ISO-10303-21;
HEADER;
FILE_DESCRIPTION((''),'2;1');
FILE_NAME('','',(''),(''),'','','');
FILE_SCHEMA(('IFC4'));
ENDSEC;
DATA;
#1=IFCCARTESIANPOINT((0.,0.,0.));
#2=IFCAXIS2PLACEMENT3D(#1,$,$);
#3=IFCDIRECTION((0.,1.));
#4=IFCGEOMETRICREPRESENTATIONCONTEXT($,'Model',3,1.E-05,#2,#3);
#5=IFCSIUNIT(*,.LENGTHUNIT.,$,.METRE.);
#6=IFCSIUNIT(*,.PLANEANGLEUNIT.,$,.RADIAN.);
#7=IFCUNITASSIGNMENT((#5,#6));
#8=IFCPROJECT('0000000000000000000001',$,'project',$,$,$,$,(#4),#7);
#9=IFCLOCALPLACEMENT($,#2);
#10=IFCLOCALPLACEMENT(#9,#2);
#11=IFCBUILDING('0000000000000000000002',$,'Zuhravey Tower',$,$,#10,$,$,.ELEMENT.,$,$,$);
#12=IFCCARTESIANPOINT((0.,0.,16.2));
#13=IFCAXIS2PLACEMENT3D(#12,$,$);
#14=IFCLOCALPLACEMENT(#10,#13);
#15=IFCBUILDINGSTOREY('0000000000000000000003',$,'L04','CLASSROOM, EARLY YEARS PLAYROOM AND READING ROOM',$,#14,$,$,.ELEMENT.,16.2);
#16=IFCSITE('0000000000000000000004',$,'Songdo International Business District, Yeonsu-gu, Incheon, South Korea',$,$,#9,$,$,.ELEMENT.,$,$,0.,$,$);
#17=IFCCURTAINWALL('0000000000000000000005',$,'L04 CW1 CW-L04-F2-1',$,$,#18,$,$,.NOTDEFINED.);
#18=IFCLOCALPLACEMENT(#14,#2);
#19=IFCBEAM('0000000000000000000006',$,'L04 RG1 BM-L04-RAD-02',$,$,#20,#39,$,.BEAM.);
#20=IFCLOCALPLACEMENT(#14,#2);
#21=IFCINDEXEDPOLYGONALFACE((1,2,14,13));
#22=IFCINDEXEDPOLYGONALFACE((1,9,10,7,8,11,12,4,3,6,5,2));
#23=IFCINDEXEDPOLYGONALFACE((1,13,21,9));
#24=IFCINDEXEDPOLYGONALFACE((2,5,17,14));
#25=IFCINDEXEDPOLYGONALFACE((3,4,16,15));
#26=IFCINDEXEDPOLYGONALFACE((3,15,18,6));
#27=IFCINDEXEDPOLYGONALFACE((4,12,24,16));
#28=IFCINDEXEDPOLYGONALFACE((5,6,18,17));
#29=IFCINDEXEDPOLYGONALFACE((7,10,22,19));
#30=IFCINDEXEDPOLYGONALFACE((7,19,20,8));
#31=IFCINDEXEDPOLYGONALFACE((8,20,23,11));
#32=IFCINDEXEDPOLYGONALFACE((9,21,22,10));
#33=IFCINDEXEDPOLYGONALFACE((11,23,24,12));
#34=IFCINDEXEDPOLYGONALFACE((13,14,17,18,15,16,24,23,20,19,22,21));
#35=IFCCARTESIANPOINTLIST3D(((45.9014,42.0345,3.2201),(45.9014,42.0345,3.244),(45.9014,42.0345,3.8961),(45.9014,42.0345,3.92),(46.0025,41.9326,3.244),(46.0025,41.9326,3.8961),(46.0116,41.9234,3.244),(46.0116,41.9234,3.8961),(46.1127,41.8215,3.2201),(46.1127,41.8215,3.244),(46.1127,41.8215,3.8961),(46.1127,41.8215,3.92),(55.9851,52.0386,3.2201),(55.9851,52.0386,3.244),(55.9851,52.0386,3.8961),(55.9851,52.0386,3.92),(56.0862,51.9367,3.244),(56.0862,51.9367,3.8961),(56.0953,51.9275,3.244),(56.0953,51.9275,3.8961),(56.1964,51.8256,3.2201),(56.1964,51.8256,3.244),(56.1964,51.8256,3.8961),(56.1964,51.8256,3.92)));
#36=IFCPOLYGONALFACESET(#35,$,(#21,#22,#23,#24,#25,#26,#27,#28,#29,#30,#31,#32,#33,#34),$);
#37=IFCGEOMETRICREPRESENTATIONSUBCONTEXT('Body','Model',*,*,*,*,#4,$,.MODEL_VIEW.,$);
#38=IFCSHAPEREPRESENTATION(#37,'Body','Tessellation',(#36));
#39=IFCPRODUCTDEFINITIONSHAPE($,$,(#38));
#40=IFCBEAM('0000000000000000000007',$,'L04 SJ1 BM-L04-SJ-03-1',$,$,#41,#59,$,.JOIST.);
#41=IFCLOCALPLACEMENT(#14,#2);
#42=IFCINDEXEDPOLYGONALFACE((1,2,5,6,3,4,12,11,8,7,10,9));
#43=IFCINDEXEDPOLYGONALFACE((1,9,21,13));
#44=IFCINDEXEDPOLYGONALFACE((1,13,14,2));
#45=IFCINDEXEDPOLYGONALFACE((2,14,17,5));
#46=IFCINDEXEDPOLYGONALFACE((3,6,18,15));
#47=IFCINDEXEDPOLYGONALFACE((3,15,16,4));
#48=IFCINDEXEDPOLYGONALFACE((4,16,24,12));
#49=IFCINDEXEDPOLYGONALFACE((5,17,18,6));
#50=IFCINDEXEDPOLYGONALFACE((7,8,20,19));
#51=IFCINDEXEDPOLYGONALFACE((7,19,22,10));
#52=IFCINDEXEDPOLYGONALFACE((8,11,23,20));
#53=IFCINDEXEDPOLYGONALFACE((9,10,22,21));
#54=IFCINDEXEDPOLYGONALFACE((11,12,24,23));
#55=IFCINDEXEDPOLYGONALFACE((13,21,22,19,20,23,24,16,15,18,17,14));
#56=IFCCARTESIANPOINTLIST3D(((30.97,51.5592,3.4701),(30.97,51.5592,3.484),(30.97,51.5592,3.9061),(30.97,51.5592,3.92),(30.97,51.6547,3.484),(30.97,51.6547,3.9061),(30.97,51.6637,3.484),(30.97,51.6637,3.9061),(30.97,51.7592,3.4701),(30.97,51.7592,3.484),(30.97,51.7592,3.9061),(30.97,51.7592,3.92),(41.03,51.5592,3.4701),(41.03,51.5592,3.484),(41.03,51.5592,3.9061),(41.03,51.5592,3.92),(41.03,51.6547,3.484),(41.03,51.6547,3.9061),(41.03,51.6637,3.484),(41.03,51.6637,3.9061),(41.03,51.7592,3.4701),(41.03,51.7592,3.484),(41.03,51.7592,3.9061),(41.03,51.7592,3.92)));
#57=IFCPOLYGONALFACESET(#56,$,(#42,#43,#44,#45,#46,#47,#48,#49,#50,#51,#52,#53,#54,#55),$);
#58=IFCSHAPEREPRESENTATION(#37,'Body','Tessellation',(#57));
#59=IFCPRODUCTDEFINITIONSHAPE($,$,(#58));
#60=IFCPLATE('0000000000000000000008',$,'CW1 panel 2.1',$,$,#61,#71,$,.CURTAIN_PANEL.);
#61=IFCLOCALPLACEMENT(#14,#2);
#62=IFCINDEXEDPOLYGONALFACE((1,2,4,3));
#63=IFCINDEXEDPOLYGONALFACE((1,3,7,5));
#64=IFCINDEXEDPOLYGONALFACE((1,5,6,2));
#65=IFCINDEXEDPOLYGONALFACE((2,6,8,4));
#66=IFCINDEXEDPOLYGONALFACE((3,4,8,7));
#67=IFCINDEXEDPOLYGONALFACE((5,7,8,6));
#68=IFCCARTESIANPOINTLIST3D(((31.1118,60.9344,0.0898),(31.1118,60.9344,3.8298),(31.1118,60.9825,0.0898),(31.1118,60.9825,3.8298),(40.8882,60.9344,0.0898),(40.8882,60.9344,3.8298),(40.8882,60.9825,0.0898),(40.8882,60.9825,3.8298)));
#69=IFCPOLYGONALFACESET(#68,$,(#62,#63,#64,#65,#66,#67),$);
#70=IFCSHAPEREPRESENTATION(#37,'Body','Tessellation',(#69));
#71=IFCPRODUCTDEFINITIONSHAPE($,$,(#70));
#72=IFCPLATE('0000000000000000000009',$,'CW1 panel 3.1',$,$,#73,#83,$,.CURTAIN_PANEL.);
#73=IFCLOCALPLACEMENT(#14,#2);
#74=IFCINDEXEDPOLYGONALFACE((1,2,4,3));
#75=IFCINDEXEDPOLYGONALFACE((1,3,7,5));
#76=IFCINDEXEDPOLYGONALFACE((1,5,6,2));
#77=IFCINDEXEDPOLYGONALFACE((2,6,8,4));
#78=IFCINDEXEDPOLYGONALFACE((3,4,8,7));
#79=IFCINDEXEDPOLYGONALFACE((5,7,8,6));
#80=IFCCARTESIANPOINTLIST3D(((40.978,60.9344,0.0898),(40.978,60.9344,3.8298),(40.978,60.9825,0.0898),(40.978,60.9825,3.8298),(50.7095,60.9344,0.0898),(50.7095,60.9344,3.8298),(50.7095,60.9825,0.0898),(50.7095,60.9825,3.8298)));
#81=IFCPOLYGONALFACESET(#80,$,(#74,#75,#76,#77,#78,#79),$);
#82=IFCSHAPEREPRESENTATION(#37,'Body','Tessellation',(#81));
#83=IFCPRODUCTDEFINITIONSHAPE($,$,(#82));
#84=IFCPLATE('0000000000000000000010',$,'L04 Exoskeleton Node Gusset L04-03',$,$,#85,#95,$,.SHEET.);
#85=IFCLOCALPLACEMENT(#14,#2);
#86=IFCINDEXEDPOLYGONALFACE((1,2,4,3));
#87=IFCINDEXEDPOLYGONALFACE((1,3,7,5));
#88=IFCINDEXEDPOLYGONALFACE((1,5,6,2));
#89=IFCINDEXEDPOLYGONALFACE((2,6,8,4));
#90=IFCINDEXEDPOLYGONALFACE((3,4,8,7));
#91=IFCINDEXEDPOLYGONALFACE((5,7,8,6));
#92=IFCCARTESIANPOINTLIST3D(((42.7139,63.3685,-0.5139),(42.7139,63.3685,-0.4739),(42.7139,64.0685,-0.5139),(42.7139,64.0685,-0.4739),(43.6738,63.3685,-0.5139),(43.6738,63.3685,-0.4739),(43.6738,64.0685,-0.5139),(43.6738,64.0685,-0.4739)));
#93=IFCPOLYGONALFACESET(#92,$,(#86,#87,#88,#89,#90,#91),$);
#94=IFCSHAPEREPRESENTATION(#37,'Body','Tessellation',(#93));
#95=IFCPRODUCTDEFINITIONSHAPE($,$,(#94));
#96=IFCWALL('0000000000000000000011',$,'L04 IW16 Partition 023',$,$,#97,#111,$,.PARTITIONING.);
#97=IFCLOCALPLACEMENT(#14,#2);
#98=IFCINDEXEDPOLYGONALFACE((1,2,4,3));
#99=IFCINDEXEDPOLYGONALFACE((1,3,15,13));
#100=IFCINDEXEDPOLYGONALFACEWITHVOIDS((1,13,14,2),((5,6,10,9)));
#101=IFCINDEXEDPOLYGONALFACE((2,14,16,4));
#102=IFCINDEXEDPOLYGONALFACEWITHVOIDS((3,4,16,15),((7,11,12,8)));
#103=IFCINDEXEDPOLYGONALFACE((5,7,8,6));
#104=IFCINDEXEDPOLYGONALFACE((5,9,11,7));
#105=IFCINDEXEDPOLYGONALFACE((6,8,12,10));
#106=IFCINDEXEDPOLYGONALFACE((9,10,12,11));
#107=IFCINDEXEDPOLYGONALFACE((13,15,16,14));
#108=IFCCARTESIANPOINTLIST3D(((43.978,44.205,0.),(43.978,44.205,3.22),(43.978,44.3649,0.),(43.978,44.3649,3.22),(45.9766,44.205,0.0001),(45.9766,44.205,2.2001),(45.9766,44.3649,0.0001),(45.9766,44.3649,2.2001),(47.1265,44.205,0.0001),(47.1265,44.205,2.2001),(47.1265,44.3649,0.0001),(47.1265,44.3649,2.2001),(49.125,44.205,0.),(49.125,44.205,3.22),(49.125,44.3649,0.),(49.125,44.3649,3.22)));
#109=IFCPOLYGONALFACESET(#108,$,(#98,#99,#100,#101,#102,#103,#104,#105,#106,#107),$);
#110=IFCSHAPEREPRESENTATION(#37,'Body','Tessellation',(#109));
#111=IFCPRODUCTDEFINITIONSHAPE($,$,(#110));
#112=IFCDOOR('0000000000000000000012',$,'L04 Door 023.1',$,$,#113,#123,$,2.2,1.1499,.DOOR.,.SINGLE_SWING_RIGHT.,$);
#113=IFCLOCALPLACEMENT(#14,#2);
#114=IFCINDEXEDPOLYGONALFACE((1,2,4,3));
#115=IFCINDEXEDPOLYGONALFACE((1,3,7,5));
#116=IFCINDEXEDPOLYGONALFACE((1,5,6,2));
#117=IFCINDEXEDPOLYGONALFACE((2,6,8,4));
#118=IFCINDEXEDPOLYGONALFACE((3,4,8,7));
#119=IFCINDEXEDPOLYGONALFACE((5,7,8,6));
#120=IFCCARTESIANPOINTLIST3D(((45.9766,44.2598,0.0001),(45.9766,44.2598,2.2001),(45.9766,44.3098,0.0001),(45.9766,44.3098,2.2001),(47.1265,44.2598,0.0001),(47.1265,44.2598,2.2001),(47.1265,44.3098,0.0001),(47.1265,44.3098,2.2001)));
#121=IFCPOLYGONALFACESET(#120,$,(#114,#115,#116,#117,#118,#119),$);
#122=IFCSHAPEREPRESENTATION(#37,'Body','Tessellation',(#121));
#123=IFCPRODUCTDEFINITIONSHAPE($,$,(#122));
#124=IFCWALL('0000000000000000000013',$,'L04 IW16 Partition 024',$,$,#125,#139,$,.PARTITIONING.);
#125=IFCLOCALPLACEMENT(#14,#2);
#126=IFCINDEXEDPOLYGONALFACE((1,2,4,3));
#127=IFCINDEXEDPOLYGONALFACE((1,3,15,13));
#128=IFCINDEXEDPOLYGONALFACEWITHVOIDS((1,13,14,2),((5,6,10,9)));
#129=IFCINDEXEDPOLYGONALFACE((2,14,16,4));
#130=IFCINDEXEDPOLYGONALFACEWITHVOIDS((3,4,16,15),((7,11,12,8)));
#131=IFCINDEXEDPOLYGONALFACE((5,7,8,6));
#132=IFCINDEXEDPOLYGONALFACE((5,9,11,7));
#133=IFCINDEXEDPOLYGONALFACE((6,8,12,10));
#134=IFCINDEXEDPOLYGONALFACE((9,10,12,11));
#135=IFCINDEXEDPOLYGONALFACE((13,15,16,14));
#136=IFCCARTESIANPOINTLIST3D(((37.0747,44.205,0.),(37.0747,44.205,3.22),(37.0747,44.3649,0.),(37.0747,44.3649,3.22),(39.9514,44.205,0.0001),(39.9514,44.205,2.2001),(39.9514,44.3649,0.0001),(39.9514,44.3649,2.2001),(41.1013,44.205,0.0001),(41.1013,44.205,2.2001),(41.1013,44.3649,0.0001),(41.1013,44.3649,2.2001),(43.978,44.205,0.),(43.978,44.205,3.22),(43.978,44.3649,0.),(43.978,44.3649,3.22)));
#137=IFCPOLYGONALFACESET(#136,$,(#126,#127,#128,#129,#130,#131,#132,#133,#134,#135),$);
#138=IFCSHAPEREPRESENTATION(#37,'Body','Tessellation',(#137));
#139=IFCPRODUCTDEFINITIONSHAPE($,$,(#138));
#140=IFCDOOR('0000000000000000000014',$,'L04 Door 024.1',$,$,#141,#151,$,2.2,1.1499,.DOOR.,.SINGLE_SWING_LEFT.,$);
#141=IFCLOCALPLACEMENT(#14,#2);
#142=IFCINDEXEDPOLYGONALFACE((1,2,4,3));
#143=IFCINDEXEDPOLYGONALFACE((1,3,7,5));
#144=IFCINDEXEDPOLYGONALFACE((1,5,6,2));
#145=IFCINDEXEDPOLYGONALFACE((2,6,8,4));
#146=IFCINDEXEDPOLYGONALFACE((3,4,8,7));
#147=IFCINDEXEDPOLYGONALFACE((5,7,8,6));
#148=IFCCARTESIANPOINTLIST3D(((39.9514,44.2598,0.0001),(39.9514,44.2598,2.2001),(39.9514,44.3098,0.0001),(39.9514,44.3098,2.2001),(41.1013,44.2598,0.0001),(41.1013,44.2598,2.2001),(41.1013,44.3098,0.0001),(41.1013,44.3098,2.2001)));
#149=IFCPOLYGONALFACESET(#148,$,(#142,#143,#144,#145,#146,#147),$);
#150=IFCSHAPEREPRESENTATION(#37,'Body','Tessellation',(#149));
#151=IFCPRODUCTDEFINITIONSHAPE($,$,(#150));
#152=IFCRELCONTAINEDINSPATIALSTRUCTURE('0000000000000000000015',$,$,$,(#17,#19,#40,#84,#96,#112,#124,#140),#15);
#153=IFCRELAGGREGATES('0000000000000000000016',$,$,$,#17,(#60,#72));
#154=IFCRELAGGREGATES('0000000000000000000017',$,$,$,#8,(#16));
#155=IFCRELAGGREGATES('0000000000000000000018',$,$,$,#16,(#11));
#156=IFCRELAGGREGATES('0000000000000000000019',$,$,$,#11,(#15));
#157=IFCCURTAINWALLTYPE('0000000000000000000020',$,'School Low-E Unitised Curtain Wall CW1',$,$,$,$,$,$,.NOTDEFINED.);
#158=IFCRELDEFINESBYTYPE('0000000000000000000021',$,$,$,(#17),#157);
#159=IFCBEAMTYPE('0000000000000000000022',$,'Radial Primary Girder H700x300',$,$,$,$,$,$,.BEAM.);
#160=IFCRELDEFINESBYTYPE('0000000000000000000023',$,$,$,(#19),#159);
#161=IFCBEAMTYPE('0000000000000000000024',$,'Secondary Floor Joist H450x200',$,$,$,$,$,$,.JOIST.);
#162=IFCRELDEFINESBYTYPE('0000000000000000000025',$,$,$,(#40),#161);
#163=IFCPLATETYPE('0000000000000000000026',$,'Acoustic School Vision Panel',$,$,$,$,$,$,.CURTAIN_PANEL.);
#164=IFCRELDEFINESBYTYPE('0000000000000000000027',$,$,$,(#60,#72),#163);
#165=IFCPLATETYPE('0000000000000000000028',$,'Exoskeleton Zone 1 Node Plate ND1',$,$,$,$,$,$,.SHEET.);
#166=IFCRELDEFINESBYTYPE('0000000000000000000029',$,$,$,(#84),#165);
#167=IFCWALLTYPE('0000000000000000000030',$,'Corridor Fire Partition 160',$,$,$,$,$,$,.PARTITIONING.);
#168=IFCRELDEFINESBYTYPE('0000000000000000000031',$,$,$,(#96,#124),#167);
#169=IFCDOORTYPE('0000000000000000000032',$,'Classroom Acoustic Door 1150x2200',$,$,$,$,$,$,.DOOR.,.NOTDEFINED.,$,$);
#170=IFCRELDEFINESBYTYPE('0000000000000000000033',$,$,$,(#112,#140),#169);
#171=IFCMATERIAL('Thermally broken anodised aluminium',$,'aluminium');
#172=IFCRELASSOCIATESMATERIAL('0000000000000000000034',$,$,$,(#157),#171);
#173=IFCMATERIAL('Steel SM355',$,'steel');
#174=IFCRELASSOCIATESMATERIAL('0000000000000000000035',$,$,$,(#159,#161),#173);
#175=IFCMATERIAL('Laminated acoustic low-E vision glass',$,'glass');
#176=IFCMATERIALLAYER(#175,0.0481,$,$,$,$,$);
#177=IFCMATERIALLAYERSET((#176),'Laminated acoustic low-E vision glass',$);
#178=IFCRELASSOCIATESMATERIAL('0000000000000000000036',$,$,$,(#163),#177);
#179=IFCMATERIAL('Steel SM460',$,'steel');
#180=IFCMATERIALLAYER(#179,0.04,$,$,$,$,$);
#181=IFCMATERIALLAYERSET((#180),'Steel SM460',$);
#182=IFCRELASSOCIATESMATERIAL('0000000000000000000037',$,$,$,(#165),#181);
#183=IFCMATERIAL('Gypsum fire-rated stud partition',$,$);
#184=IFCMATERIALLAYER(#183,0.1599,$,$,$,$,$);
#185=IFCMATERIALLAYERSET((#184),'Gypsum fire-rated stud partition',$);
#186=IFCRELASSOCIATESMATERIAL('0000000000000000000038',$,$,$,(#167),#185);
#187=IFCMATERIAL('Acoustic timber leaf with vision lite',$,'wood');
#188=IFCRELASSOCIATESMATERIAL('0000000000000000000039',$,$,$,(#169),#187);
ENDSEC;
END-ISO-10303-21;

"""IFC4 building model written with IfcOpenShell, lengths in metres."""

from ifc_helpers import new_model, si_unit, direction, frame, frame_2d, origin, origin_2d, place, context, subcontext, project, spatial, rectangle, i_section, extrude, material, layer, layer_set, material_profile, profile_set, type_object, element, fill, aggregate, save


model = new_model("IFC4")

# Units and contexts
model_context = context("Model", 3, precision=1e-05, world=origin(), true_north=direction((0.0, 1.0)))
body_context = subcontext(model_context, "Body", "Model", "MODEL_VIEW")
ifc_project = project(units=[si_unit("LENGTHUNIT", "METRE"), si_unit("PLANEANGLEUNIT", "RADIAN")], contexts=[model_context])

# Site, building, storey
site_placement = place(None, origin())
site = spatial("IfcSite", under=ifc_project, at=site_placement, Name="Songdo International Business District, Yeonsu-gu, Incheon, South Korea", CompositionType="ELEMENT", RefElevation=0.0)
building_placement = place(site_placement, origin())
building = spatial("IfcBuilding", under=site, at=building_placement, Name="Zuhravey Tower", CompositionType="ELEMENT")
storey_placement = place(building_placement, frame((0.0, 0.0, 16.2)))
storey = spatial("IfcBuildingStorey", under=building, at=storey_placement, Name="L04", Description="CLASSROOM, EARLY YEARS PLAYROOM AND READING ROOM", CompositionType="ELEMENT", Elevation=16.2)

# Curtain wall
ifc_material_1 = material(Name="Thermally broken anodised aluminium", Category="aluminium")
curtain_wall_type = type_object("IfcCurtainWallType", Name="School Low-E Unitised Curtain Wall CW1", PredefinedType="NOTDEFINED", material=ifc_material_1)
curtain_wall_placement = place(storey_placement, origin())
curtain_wall = element("IfcCurtainWall", 1, at=curtain_wall_placement, inside=storey, type_object=curtain_wall_type, Name="L04 CW1 CW-L04-F2-1", PredefinedType="NOTDEFINED")

# Shared definitions
ifc_material_2 = material(Name="Steel SM355", Category="steel")
ifc_material_3 = material(Name="Steel SM460", Category="steel")

# Beams
ifc_material_profile_1 = material_profile(ifc_material_2, i_section(OverallWidth=0.3, OverallDepth=0.7, WebThickness=0.0129, FlangeThickness=0.0239, at=origin_2d()), Name="H-700x300x13x24")
ifc_profile_set_1 = profile_set([ifc_material_profile_1], Name="Steel SM355")
beam_type_1 = type_object("IfcBeamType", Name="Radial Primary Girder H700x300", PredefinedType="BEAM", material=ifc_profile_set_1)
beam_1_placement = place(storey_placement, frame((46.0071, 41.928, 3.5701), z_axis=(0.709903, 0.7043, 0.0), x_axis=(-0.7043, 0.709903, 0.0)))
element("IfcBeam", 2, at=beam_1_placement, inside=storey, type_object=beam_type_1, Name="L04 RG1 BM-L04-RAD-02", PredefinedType="BEAM", context=body_context, shape_type="SweptSolid", body=[
    extrude(i_section(OverallWidth=0.3, OverallDepth=0.7, WebThickness=0.0129, FlangeThickness=0.0239, at=origin_2d()), origin(), (0.0, 0.0, 1.0), 14.2043),
])
ifc_material_profile_2 = material_profile(ifc_material_2, i_section(OverallWidth=0.2, OverallDepth=0.45, WebThickness=0.009, FlangeThickness=0.0139, at=origin_2d()), Name="H-450x200x9x14")
ifc_profile_set_2 = profile_set([ifc_material_profile_2], Name="Steel SM355")
beam_type_2 = type_object("IfcBeamType", Name="Secondary Floor Joist H450x200", PredefinedType="JOIST", material=ifc_profile_set_2)
beam_2_placement = place(storey_placement, frame((41.03, 51.6592, 3.6951), z_axis=(-1.0, 0.0, 0.0), x_axis=(0.0, -1.0, 0.0)))
element("IfcBeam", 3, at=beam_2_placement, inside=storey, type_object=beam_type_2, Name="L04 SJ1 BM-L04-SJ-03-1", PredefinedType="JOIST", context=body_context, shape_type="SweptSolid", body=[
    extrude(i_section(OverallWidth=0.2, OverallDepth=0.45, WebThickness=0.009, FlangeThickness=0.0139, at=origin_2d()), origin(), (0.0, 0.0, 1.0), 10.0601),
])

# Plates
ifc_material_4 = material(Name="Laminated acoustic low-E vision glass", Category="glass")
ifc_layer_1 = layer(ifc_material_4, 0.0481)
ifc_layer_set_1 = layer_set([ifc_layer_1], Name="Laminated acoustic low-E vision glass")
plate_type_1 = type_object("IfcPlateType", Name="Acoustic School Vision Panel", PredefinedType="CURTAIN_PANEL", material=ifc_layer_set_1)
plate_1_placement = place(storey_placement, frame((36.0, 60.9585, 0.0898), z_axis=(0.0, 0.0, 1.0), x_axis=(1.0, 0.0, 0.0)))
plate_1 = element("IfcPlate", 4, at=plate_1_placement, type_object=plate_type_1, Name="CW1 panel 2.1", PredefinedType="CURTAIN_PANEL", context=body_context, shape_type="SweptSolid", body=[
    extrude(rectangle(XDim=9.7764, YDim=0.0481, at=origin_2d()), origin(), (0.0, 0.0, 1.0), 3.74),
])
plate_2_placement = place(storey_placement, frame((45.8438, 60.9585, 0.0898), z_axis=(0.0, 0.0, 1.0), x_axis=(1.0, 0.0, 0.0)))
plate_2 = element("IfcPlate", 5, at=plate_2_placement, type_object=plate_type_1, Name="CW1 panel 3.1", PredefinedType="CURTAIN_PANEL", context=body_context, shape_type="SweptSolid", body=[
    extrude(rectangle(XDim=9.7314, YDim=0.0481, at=origin_2d()), origin(), (0.0, 0.0, 1.0), 3.74),
])
aggregate(curtain_wall, [plate_1, plate_2])
ifc_layer_2 = layer(ifc_material_3, 0.04)
ifc_layer_set_2 = layer_set([ifc_layer_2], Name="Steel SM460")
plate_type_2 = type_object("IfcPlateType", Name="Exoskeleton Zone 1 Node Plate ND1", PredefinedType="SHEET", material=ifc_layer_set_2)
plate_3_placement = place(storey_placement, frame((43.1938, 63.7185, -0.5139), z_axis=(0.0, 0.0, 1.0), x_axis=(-1.0, 0.0, 0.0)))
element("IfcPlate", 6, at=plate_3_placement, inside=storey, type_object=plate_type_2, Name="L04 Exoskeleton Node Gusset L04-03", PredefinedType="SHEET", context=body_context, shape_type="SweptSolid", body=[
    extrude(rectangle(XDim=0.96, YDim=0.7, at=origin_2d()), origin(), (0.0, 0.0, 1.0), 0.04),
])

# Walls, openings, doors
ifc_material_5 = material(Name="Gypsum fire-rated stud partition")
ifc_layer_3 = layer(ifc_material_5, 0.1599)
ifc_layer_set_3 = layer_set([ifc_layer_3], Name="Gypsum fire-rated stud partition")
wall_type_1 = type_object("IfcWallType", Name="Corridor Fire Partition 160", PredefinedType="PARTITIONING", material=ifc_layer_set_3)
wall_1_placement = place(storey_placement, frame((49.125, 44.2849, 0.0), z_axis=(0.0, 0.0, 1.0), x_axis=(-1.0, 0.0, 0.0)))
wall_1 = element("IfcWall", 7, at=wall_1_placement, inside=storey, type_object=wall_type_1, Name="L04 IW16 Partition 023", PredefinedType="PARTITIONING", context=body_context, shape_type="SweptSolid", body=[
    extrude(rectangle(XDim=5.147, YDim=0.1599, at=frame_2d((2.5735, 0.0))), origin(), (0.0, 0.0, 1.0), 3.22),
])
opening_1_placement = place(wall_1_placement, frame((1.9985, 0.0, 0.0)))
opening_1 = element("IfcOpeningElement", 8, at=opening_1_placement, cuts=wall_1, PredefinedType="OPENING", context=body_context, shape_type="SweptSolid", body=[
    extrude(rectangle(XDim=1.1499, YDim=2.2, at=frame_2d((0.575, 1.1001))), frame((0.0, 0.092, 0.0), z_axis=(0.0, -1.0, 0.0), x_axis=(1.0, 0.0, 0.0)), (0.0, 0.0, 1.0), 0.1838),
])
ifc_material_6 = material(Name="Acoustic timber leaf with vision lite", Category="wood")
door_type = type_object("IfcDoorType", Name="Classroom Acoustic Door 1150x2200", OperationType="NOTDEFINED", PredefinedType="DOOR", material=ifc_material_6)
door_1_placement = place(opening_1_placement, frame((1.1499, 0.0, 0.0), z_axis=(0.0, 0.0, 1.0), x_axis=(-1.0, 0.0, 0.0)))
door_1 = element("IfcDoor", 9, at=door_1_placement, inside=storey, type_object=door_type, Name="L04 Door 023.1", OperationType="SINGLE_SWING_RIGHT", OverallHeight=2.2, OverallWidth=1.1499, PredefinedType="DOOR", context=body_context, shape_type="SweptSolid", body=[
    extrude(rectangle(XDim=1.1499, YDim=2.2, at=frame_2d((0.575, 1.1001))), frame((0.0, 0.0249, 0.0), z_axis=(0.0, -1.0, 0.0), x_axis=(1.0, 0.0, 0.0)), (0.0, 0.0, 1.0), 0.05),
])
fill(opening_1, door_1)
wall_2_placement = place(storey_placement, frame((43.978, 44.2849, 0.0), z_axis=(0.0, 0.0, 1.0), x_axis=(-1.0, 0.0, 0.0)))
wall_2 = element("IfcWall", 10, at=wall_2_placement, inside=storey, type_object=wall_type_1, Name="L04 IW16 Partition 024", PredefinedType="PARTITIONING", context=body_context, shape_type="SweptSolid", body=[
    extrude(rectangle(XDim=6.9033, YDim=0.1599, at=frame_2d((3.4517, 0.0))), origin(), (0.0, 0.0, 1.0), 3.22),
])
opening_2_placement = place(wall_2_placement, frame((2.8767, 0.0, 0.0)))
opening_2 = element("IfcOpeningElement", 11, at=opening_2_placement, cuts=wall_2, PredefinedType="OPENING", context=body_context, shape_type="SweptSolid", body=[
    extrude(rectangle(XDim=1.1499, YDim=2.2, at=frame_2d((0.575, 1.1001))), frame((0.0, 0.092, 0.0), z_axis=(0.0, -1.0, 0.0), x_axis=(1.0, 0.0, 0.0)), (0.0, 0.0, 1.0), 0.1838),
])
door_2_placement = place(opening_2_placement, frame((1.1499, 0.0, 0.0), z_axis=(0.0, 0.0, 1.0), x_axis=(-1.0, 0.0, 0.0)))
door_2 = element("IfcDoor", 12, at=door_2_placement, inside=storey, type_object=door_type, Name="L04 Door 024.1", OperationType="SINGLE_SWING_LEFT", OverallHeight=2.2, OverallWidth=1.1499, PredefinedType="DOOR", context=body_context, shape_type="SweptSolid", body=[
    extrude(rectangle(XDim=1.1499, YDim=2.2, at=frame_2d((0.575, 1.1001))), frame((0.0, 0.0249, 0.0), z_axis=(0.0, -1.0, 0.0), x_axis=(1.0, 0.0, 0.0)), (0.0, 0.0, 1.0), 0.05),
])
fill(opening_2, door_2)

save(model, "model.ifc")
